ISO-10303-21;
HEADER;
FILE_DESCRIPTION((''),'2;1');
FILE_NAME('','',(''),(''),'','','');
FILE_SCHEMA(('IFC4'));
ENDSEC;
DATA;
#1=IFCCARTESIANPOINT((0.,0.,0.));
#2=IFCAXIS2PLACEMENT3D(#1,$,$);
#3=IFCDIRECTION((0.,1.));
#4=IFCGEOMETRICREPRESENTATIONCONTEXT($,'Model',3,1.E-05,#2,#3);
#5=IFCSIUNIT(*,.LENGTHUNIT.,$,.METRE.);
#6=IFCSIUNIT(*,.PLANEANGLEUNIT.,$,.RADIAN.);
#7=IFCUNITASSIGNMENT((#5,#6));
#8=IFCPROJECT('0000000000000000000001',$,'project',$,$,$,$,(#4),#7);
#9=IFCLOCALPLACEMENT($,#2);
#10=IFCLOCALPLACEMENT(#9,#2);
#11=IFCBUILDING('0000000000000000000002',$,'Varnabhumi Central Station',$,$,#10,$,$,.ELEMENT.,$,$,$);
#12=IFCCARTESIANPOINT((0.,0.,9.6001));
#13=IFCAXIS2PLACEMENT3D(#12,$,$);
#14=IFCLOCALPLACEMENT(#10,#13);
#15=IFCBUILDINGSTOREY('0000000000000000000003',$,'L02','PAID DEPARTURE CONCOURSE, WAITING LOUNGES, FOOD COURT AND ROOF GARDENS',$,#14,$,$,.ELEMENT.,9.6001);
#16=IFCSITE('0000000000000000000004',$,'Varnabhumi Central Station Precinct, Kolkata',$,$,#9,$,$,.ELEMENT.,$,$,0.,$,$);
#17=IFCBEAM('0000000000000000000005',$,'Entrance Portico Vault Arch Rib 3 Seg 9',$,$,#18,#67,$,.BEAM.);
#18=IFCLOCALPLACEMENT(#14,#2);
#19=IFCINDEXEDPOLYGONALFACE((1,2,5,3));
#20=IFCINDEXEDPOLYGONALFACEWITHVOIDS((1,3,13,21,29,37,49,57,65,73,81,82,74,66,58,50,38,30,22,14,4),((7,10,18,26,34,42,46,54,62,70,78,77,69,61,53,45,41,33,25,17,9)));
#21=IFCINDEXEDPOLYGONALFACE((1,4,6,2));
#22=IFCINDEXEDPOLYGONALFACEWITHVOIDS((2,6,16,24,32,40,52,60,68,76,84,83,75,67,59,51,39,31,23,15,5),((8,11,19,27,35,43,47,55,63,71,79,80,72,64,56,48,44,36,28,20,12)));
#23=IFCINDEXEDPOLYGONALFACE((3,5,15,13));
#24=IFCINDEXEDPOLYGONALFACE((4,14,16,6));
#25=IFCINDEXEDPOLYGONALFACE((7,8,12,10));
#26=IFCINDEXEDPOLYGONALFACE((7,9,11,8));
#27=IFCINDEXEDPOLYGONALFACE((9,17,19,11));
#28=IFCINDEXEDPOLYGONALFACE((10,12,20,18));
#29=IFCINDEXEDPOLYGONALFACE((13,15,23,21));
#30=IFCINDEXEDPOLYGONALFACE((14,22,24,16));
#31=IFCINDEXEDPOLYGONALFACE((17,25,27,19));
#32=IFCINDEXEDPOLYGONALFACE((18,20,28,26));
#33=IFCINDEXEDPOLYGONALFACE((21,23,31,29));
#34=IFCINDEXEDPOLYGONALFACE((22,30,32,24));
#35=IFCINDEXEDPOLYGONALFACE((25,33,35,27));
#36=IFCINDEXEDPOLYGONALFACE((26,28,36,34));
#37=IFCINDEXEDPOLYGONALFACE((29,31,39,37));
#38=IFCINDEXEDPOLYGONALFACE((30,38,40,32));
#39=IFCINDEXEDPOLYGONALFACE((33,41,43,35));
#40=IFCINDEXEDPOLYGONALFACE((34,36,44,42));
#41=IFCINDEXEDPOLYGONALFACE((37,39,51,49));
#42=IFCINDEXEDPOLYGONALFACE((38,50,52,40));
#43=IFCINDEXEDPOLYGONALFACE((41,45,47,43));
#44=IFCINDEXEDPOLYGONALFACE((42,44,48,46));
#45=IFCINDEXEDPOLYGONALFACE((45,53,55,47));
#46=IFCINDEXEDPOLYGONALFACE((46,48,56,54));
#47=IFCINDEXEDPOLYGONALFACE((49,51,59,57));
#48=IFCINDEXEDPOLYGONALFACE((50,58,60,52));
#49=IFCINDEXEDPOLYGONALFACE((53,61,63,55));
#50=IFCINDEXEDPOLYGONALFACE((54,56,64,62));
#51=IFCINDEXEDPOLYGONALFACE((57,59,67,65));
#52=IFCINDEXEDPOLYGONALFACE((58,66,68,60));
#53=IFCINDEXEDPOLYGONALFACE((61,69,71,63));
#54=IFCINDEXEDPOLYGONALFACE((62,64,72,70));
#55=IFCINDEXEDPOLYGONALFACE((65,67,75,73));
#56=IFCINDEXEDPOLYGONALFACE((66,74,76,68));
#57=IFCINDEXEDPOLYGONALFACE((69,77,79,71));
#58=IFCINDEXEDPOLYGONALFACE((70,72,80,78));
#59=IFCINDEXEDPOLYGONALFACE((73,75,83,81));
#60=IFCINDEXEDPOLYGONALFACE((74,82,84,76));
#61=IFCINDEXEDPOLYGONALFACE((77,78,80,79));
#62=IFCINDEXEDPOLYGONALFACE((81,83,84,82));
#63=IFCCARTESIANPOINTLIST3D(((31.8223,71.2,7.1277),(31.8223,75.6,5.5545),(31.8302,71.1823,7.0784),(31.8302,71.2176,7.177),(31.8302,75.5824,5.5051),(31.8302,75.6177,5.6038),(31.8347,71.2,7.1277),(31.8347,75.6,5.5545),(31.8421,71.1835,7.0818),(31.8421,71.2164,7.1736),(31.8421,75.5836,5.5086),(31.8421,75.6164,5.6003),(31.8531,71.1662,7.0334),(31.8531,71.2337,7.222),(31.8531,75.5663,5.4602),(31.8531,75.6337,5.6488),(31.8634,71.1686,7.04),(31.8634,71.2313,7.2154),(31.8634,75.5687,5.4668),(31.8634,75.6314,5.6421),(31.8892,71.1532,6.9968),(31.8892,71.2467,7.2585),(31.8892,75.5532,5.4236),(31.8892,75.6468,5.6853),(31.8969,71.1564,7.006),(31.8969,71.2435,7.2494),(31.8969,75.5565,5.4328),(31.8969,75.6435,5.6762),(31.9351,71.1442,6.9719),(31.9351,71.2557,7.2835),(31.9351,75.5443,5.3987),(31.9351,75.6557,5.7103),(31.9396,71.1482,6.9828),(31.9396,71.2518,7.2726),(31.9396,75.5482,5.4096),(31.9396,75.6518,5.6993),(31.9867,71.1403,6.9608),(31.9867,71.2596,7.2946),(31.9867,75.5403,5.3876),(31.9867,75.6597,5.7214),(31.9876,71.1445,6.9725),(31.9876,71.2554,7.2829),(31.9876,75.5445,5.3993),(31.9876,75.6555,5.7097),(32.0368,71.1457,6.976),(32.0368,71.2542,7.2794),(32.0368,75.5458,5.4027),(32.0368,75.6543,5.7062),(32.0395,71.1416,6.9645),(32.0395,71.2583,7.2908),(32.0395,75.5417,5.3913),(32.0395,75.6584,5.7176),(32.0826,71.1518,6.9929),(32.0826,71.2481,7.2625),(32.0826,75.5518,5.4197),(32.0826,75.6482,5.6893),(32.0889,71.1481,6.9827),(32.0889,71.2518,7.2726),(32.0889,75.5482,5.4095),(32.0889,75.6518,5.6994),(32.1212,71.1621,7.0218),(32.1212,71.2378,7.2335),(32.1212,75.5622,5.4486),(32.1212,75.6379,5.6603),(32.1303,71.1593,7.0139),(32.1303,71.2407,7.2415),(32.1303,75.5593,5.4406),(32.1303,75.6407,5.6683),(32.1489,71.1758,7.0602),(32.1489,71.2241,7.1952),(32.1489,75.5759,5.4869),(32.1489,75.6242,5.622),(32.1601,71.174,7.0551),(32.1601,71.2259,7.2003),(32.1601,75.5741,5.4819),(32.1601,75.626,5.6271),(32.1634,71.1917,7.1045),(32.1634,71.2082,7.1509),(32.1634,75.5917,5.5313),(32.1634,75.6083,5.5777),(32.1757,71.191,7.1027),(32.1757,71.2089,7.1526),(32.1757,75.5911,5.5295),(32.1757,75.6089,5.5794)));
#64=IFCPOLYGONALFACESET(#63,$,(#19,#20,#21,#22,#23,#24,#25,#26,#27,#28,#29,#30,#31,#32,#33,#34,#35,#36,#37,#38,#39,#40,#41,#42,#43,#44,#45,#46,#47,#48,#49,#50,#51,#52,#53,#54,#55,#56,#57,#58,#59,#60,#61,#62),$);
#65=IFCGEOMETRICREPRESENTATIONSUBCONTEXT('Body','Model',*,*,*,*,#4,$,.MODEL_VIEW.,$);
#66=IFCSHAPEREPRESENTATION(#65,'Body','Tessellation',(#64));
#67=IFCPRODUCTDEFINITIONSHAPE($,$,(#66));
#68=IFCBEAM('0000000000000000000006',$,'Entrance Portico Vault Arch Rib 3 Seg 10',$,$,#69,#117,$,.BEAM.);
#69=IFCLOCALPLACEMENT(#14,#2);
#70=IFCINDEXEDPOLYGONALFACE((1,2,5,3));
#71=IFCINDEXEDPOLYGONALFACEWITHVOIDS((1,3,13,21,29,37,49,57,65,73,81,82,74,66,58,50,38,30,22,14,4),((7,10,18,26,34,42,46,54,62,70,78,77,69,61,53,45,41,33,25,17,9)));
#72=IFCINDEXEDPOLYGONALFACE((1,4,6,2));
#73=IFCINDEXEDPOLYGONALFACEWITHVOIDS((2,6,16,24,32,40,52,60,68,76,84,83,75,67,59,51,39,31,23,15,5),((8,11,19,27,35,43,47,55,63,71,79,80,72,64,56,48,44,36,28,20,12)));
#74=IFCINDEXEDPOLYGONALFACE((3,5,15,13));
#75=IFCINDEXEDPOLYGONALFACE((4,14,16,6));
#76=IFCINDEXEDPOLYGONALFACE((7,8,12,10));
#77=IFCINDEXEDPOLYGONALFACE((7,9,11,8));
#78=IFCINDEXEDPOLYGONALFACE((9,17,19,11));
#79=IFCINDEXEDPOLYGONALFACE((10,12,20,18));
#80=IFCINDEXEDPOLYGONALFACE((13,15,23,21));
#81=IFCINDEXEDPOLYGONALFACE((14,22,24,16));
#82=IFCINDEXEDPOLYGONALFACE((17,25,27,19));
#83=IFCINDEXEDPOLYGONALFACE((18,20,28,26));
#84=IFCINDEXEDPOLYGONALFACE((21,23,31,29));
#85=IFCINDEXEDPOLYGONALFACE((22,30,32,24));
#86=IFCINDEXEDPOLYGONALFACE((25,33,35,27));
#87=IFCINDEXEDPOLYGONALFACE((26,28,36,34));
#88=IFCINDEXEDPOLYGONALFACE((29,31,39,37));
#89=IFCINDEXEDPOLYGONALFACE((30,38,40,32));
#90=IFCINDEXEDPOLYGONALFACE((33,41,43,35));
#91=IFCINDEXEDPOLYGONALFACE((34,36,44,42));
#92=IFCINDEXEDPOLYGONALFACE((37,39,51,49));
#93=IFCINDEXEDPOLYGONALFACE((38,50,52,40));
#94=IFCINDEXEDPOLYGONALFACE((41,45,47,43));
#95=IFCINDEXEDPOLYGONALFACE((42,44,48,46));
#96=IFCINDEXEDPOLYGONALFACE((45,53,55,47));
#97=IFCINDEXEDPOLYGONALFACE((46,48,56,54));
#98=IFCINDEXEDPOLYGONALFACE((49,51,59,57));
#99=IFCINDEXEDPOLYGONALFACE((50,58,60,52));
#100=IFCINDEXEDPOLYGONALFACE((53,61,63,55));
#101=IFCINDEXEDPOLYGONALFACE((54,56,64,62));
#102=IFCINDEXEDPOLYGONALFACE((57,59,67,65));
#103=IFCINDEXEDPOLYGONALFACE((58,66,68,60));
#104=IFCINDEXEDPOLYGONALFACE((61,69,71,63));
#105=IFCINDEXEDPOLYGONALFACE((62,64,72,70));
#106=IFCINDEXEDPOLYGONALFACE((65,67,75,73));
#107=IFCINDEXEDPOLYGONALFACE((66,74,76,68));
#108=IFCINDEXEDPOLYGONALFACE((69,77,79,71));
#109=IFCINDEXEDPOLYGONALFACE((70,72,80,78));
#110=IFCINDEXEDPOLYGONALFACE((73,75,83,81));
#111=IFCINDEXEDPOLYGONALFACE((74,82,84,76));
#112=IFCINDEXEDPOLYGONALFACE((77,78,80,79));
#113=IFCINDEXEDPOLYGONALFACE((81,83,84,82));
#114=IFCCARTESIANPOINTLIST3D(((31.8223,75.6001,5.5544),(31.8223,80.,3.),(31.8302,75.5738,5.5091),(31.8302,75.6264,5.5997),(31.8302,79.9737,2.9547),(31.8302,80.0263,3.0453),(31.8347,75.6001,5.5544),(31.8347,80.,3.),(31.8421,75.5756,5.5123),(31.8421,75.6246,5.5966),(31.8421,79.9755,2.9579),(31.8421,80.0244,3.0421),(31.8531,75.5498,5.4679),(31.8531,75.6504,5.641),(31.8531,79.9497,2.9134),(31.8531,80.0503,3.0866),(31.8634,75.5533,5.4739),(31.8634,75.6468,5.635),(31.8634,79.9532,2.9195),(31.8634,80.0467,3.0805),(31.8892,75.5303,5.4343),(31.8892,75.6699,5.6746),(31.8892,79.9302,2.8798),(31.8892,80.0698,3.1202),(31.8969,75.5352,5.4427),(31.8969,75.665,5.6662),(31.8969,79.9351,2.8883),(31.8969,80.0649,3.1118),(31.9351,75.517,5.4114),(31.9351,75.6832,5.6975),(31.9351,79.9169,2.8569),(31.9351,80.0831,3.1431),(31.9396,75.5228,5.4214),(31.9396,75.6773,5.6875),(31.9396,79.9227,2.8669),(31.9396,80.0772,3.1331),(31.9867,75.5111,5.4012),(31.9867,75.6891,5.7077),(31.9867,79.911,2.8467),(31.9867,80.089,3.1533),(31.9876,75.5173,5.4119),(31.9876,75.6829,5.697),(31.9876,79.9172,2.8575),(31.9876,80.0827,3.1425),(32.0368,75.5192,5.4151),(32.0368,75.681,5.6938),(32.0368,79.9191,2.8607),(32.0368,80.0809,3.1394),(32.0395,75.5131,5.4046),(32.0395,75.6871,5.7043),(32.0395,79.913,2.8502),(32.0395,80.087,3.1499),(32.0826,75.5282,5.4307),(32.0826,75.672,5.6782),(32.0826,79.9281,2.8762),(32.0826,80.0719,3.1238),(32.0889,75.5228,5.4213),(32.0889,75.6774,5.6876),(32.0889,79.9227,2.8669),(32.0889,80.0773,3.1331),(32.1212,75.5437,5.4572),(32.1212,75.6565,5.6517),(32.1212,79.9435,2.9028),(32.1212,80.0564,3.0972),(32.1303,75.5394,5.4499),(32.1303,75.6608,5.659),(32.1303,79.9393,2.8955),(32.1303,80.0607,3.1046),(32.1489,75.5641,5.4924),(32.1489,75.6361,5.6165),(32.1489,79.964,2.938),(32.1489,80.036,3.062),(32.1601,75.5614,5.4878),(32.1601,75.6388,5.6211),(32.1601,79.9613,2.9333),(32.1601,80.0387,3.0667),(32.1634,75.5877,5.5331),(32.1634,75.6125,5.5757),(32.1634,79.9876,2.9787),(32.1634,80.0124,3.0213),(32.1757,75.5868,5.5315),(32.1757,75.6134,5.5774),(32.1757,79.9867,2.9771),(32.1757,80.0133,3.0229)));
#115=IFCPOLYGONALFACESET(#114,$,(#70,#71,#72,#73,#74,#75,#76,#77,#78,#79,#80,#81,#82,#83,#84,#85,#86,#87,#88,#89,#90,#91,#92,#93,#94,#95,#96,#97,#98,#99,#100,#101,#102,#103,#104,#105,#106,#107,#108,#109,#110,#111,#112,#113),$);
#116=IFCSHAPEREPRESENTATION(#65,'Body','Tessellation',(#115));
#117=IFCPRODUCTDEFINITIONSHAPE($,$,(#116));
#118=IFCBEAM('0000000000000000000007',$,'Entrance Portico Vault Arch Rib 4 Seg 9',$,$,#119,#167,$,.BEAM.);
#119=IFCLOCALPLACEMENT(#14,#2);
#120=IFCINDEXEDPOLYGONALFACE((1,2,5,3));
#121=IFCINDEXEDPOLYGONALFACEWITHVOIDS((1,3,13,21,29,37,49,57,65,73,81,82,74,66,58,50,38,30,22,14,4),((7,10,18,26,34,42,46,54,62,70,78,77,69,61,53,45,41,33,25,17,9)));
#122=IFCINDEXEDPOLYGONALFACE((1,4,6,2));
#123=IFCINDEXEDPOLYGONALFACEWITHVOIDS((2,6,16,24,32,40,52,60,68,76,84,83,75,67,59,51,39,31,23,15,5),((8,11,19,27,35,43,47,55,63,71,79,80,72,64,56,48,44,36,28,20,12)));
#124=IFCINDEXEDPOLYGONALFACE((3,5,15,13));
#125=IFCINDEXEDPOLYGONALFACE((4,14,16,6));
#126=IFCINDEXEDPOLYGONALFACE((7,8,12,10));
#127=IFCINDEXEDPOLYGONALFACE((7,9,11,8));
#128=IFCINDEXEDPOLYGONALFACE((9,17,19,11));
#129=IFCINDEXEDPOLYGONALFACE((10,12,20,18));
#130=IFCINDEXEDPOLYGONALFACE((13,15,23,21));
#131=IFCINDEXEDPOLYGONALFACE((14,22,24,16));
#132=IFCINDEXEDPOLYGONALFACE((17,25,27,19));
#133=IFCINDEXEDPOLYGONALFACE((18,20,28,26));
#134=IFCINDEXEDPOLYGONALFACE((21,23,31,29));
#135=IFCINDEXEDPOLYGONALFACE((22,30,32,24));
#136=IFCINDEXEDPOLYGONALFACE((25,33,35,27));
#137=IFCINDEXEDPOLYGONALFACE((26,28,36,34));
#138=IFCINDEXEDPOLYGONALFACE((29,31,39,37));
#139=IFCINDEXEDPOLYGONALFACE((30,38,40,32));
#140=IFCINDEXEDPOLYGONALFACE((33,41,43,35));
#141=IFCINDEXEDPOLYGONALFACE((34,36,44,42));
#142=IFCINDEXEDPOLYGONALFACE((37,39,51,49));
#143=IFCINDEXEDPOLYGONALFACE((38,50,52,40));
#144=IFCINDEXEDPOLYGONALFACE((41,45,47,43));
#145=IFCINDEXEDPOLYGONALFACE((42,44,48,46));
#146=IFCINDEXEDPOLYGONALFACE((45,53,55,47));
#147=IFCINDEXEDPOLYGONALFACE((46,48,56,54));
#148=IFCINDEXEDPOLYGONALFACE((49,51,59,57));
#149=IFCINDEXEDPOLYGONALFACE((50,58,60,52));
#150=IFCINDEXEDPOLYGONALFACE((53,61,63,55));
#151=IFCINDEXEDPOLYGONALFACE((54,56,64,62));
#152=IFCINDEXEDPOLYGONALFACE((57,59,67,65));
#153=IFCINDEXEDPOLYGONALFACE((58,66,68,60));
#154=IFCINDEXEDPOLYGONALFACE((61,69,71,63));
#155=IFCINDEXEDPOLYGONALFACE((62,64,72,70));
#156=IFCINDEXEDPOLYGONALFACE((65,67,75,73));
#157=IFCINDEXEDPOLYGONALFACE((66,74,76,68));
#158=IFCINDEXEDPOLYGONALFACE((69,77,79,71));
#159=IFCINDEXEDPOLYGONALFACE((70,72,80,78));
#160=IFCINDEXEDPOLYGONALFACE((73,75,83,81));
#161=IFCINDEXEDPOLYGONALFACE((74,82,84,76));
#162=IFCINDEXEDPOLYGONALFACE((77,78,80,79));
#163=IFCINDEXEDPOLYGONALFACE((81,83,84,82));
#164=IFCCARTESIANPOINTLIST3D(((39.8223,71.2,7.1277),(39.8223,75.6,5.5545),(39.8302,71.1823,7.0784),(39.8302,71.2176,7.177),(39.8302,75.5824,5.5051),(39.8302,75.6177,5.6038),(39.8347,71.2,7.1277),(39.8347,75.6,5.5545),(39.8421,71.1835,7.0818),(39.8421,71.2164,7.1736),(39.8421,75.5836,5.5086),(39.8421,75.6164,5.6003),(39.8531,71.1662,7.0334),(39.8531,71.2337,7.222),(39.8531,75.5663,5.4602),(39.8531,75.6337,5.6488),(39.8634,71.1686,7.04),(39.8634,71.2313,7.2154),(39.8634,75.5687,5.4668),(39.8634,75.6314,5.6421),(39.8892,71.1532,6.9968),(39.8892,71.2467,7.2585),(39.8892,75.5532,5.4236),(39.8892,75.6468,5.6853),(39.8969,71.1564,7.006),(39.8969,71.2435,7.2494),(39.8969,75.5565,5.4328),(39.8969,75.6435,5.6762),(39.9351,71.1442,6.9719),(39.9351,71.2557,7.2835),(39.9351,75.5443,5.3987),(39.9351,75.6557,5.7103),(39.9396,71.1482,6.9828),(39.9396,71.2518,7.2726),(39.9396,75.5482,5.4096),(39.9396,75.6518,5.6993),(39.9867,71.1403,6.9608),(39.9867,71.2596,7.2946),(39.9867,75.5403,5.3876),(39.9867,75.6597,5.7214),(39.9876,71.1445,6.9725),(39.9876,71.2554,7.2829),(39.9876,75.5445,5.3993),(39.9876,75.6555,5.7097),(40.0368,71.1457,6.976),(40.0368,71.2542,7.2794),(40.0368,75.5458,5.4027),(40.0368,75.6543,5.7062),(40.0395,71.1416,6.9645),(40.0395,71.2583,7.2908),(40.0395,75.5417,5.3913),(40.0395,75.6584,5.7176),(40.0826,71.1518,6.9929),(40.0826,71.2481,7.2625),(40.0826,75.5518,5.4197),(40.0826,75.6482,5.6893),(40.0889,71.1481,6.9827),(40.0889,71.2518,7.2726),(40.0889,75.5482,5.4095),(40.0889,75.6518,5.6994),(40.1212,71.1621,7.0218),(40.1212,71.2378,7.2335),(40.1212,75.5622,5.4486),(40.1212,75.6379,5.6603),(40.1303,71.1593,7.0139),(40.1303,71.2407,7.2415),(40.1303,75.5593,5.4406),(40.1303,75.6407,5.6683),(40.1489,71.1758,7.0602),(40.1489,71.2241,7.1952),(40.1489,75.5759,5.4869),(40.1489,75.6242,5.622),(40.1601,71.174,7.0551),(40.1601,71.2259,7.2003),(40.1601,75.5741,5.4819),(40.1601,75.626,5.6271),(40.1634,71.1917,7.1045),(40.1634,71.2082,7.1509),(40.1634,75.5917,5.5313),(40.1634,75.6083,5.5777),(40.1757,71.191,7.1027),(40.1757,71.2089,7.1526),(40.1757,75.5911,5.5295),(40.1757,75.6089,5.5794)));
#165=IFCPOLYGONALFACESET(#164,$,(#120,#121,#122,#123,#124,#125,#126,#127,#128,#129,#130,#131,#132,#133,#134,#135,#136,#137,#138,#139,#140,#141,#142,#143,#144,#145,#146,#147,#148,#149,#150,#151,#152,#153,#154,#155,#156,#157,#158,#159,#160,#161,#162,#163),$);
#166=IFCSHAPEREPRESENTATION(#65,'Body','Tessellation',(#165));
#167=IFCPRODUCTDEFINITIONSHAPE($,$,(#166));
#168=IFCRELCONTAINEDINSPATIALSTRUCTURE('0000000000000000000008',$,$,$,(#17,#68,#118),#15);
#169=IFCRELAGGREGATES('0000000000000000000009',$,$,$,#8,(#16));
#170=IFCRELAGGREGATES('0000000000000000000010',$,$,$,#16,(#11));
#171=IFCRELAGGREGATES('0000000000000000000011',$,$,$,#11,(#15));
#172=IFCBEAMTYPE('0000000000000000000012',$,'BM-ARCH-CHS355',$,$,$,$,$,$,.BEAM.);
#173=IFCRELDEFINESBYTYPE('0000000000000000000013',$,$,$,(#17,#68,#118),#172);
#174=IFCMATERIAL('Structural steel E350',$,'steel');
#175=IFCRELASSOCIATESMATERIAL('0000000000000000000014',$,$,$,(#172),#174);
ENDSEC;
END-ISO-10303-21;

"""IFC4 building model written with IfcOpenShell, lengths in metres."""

from ifc_helpers import new_model, si_unit, direction, frame, origin, origin_2d, place, context, subcontext, project, spatial, hollow_circle, extrude, material, material_profile, profile_set, type_object, element, save


model = new_model("IFC4")

# Units and contexts
model_context = context("Model", 3, precision=1e-05, world=origin(), true_north=direction((0.0, 1.0)))
body_context = subcontext(model_context, "Body", "Model", "MODEL_VIEW")
ifc_project = project(units=[si_unit("LENGTHUNIT", "METRE"), si_unit("PLANEANGLEUNIT", "RADIAN")], contexts=[model_context])

# Site, building, storey
site_placement = place(None, origin())
site = spatial("IfcSite", under=ifc_project, at=site_placement, Name="Varnabhumi Central Station Precinct, Kolkata", CompositionType="ELEMENT", RefElevation=0.0)
building_placement = place(site_placement, origin())
building = spatial("IfcBuilding", under=site, at=building_placement, Name="Varnabhumi Central Station", CompositionType="ELEMENT")
storey_placement = place(building_placement, frame((0.0, 0.0, 9.6001)))
storey = spatial("IfcBuildingStorey", under=building, at=storey_placement, Name="L02", Description="PAID DEPARTURE CONCOURSE, WAITING LOUNGES, FOOD COURT AND ROOF GARDENS", CompositionType="ELEMENT", Elevation=9.6001)

# Beams
ifc_material_1 = material(Name="Structural steel E350", Category="steel")
ifc_material_profile_1 = material_profile(ifc_material_1, hollow_circle(Radius=0.1777, WallThickness=0.0125, at=origin_2d()), Name="Structural steel E350", Category="steel")
ifc_profile_set_1 = profile_set([ifc_material_profile_1], Name="Structural steel E350")
beam_type_1 = type_object("IfcBeamType", Name="BM-ARCH-CHS355", PredefinedType="BEAM", material=ifc_profile_set_1)
beam_1_placement = place(storey_placement, frame((32.0, 71.2, 7.1277), z_axis=(0.0, 0.941622, -0.336671), x_axis=(-1.0, 0.0, 0.0)))
element("IfcBeam", 1, at=beam_1_placement, inside=storey, type_object=beam_type_1, Name="Entrance Portico Vault Arch Rib 3 Seg 9", PredefinedType="BEAM", context=body_context, shape_type="SweptSolid", body=[
    extrude(hollow_circle(Radius=0.1777, WallThickness=0.0125, at=origin_2d()), origin(), (0.0, 0.0, 1.0), 4.6729),
])
beam_2_placement = place(storey_placement, frame((32.0, 75.6001, 5.5544), z_axis=(0.0, 0.864818, -0.502086), x_axis=(-1.0, 0.0, 0.0)))
element("IfcBeam", 2, at=beam_2_placement, inside=storey, type_object=beam_type_1, Name="Entrance Portico Vault Arch Rib 3 Seg 10", PredefinedType="BEAM", context=body_context, shape_type="SweptSolid", body=[
    extrude(hollow_circle(Radius=0.1777, WallThickness=0.0125, at=origin_2d()), origin(), (0.0, 0.0, 1.0), 5.0876),
])
beam_3_placement = place(storey_placement, frame((40.0, 71.2, 7.1277), z_axis=(0.0, 0.941622, -0.336671), x_axis=(-1.0, 0.0, 0.0)))
element("IfcBeam", 3, at=beam_3_placement, inside=storey, type_object=beam_type_1, Name="Entrance Portico Vault Arch Rib 4 Seg 9", PredefinedType="BEAM", context=body_context, shape_type="SweptSolid", body=[
    extrude(hollow_circle(Radius=0.1777, WallThickness=0.0125, at=origin_2d()), origin(), (0.0, 0.0, 1.0), 4.6729),
])

save(model, "model.ifc")
